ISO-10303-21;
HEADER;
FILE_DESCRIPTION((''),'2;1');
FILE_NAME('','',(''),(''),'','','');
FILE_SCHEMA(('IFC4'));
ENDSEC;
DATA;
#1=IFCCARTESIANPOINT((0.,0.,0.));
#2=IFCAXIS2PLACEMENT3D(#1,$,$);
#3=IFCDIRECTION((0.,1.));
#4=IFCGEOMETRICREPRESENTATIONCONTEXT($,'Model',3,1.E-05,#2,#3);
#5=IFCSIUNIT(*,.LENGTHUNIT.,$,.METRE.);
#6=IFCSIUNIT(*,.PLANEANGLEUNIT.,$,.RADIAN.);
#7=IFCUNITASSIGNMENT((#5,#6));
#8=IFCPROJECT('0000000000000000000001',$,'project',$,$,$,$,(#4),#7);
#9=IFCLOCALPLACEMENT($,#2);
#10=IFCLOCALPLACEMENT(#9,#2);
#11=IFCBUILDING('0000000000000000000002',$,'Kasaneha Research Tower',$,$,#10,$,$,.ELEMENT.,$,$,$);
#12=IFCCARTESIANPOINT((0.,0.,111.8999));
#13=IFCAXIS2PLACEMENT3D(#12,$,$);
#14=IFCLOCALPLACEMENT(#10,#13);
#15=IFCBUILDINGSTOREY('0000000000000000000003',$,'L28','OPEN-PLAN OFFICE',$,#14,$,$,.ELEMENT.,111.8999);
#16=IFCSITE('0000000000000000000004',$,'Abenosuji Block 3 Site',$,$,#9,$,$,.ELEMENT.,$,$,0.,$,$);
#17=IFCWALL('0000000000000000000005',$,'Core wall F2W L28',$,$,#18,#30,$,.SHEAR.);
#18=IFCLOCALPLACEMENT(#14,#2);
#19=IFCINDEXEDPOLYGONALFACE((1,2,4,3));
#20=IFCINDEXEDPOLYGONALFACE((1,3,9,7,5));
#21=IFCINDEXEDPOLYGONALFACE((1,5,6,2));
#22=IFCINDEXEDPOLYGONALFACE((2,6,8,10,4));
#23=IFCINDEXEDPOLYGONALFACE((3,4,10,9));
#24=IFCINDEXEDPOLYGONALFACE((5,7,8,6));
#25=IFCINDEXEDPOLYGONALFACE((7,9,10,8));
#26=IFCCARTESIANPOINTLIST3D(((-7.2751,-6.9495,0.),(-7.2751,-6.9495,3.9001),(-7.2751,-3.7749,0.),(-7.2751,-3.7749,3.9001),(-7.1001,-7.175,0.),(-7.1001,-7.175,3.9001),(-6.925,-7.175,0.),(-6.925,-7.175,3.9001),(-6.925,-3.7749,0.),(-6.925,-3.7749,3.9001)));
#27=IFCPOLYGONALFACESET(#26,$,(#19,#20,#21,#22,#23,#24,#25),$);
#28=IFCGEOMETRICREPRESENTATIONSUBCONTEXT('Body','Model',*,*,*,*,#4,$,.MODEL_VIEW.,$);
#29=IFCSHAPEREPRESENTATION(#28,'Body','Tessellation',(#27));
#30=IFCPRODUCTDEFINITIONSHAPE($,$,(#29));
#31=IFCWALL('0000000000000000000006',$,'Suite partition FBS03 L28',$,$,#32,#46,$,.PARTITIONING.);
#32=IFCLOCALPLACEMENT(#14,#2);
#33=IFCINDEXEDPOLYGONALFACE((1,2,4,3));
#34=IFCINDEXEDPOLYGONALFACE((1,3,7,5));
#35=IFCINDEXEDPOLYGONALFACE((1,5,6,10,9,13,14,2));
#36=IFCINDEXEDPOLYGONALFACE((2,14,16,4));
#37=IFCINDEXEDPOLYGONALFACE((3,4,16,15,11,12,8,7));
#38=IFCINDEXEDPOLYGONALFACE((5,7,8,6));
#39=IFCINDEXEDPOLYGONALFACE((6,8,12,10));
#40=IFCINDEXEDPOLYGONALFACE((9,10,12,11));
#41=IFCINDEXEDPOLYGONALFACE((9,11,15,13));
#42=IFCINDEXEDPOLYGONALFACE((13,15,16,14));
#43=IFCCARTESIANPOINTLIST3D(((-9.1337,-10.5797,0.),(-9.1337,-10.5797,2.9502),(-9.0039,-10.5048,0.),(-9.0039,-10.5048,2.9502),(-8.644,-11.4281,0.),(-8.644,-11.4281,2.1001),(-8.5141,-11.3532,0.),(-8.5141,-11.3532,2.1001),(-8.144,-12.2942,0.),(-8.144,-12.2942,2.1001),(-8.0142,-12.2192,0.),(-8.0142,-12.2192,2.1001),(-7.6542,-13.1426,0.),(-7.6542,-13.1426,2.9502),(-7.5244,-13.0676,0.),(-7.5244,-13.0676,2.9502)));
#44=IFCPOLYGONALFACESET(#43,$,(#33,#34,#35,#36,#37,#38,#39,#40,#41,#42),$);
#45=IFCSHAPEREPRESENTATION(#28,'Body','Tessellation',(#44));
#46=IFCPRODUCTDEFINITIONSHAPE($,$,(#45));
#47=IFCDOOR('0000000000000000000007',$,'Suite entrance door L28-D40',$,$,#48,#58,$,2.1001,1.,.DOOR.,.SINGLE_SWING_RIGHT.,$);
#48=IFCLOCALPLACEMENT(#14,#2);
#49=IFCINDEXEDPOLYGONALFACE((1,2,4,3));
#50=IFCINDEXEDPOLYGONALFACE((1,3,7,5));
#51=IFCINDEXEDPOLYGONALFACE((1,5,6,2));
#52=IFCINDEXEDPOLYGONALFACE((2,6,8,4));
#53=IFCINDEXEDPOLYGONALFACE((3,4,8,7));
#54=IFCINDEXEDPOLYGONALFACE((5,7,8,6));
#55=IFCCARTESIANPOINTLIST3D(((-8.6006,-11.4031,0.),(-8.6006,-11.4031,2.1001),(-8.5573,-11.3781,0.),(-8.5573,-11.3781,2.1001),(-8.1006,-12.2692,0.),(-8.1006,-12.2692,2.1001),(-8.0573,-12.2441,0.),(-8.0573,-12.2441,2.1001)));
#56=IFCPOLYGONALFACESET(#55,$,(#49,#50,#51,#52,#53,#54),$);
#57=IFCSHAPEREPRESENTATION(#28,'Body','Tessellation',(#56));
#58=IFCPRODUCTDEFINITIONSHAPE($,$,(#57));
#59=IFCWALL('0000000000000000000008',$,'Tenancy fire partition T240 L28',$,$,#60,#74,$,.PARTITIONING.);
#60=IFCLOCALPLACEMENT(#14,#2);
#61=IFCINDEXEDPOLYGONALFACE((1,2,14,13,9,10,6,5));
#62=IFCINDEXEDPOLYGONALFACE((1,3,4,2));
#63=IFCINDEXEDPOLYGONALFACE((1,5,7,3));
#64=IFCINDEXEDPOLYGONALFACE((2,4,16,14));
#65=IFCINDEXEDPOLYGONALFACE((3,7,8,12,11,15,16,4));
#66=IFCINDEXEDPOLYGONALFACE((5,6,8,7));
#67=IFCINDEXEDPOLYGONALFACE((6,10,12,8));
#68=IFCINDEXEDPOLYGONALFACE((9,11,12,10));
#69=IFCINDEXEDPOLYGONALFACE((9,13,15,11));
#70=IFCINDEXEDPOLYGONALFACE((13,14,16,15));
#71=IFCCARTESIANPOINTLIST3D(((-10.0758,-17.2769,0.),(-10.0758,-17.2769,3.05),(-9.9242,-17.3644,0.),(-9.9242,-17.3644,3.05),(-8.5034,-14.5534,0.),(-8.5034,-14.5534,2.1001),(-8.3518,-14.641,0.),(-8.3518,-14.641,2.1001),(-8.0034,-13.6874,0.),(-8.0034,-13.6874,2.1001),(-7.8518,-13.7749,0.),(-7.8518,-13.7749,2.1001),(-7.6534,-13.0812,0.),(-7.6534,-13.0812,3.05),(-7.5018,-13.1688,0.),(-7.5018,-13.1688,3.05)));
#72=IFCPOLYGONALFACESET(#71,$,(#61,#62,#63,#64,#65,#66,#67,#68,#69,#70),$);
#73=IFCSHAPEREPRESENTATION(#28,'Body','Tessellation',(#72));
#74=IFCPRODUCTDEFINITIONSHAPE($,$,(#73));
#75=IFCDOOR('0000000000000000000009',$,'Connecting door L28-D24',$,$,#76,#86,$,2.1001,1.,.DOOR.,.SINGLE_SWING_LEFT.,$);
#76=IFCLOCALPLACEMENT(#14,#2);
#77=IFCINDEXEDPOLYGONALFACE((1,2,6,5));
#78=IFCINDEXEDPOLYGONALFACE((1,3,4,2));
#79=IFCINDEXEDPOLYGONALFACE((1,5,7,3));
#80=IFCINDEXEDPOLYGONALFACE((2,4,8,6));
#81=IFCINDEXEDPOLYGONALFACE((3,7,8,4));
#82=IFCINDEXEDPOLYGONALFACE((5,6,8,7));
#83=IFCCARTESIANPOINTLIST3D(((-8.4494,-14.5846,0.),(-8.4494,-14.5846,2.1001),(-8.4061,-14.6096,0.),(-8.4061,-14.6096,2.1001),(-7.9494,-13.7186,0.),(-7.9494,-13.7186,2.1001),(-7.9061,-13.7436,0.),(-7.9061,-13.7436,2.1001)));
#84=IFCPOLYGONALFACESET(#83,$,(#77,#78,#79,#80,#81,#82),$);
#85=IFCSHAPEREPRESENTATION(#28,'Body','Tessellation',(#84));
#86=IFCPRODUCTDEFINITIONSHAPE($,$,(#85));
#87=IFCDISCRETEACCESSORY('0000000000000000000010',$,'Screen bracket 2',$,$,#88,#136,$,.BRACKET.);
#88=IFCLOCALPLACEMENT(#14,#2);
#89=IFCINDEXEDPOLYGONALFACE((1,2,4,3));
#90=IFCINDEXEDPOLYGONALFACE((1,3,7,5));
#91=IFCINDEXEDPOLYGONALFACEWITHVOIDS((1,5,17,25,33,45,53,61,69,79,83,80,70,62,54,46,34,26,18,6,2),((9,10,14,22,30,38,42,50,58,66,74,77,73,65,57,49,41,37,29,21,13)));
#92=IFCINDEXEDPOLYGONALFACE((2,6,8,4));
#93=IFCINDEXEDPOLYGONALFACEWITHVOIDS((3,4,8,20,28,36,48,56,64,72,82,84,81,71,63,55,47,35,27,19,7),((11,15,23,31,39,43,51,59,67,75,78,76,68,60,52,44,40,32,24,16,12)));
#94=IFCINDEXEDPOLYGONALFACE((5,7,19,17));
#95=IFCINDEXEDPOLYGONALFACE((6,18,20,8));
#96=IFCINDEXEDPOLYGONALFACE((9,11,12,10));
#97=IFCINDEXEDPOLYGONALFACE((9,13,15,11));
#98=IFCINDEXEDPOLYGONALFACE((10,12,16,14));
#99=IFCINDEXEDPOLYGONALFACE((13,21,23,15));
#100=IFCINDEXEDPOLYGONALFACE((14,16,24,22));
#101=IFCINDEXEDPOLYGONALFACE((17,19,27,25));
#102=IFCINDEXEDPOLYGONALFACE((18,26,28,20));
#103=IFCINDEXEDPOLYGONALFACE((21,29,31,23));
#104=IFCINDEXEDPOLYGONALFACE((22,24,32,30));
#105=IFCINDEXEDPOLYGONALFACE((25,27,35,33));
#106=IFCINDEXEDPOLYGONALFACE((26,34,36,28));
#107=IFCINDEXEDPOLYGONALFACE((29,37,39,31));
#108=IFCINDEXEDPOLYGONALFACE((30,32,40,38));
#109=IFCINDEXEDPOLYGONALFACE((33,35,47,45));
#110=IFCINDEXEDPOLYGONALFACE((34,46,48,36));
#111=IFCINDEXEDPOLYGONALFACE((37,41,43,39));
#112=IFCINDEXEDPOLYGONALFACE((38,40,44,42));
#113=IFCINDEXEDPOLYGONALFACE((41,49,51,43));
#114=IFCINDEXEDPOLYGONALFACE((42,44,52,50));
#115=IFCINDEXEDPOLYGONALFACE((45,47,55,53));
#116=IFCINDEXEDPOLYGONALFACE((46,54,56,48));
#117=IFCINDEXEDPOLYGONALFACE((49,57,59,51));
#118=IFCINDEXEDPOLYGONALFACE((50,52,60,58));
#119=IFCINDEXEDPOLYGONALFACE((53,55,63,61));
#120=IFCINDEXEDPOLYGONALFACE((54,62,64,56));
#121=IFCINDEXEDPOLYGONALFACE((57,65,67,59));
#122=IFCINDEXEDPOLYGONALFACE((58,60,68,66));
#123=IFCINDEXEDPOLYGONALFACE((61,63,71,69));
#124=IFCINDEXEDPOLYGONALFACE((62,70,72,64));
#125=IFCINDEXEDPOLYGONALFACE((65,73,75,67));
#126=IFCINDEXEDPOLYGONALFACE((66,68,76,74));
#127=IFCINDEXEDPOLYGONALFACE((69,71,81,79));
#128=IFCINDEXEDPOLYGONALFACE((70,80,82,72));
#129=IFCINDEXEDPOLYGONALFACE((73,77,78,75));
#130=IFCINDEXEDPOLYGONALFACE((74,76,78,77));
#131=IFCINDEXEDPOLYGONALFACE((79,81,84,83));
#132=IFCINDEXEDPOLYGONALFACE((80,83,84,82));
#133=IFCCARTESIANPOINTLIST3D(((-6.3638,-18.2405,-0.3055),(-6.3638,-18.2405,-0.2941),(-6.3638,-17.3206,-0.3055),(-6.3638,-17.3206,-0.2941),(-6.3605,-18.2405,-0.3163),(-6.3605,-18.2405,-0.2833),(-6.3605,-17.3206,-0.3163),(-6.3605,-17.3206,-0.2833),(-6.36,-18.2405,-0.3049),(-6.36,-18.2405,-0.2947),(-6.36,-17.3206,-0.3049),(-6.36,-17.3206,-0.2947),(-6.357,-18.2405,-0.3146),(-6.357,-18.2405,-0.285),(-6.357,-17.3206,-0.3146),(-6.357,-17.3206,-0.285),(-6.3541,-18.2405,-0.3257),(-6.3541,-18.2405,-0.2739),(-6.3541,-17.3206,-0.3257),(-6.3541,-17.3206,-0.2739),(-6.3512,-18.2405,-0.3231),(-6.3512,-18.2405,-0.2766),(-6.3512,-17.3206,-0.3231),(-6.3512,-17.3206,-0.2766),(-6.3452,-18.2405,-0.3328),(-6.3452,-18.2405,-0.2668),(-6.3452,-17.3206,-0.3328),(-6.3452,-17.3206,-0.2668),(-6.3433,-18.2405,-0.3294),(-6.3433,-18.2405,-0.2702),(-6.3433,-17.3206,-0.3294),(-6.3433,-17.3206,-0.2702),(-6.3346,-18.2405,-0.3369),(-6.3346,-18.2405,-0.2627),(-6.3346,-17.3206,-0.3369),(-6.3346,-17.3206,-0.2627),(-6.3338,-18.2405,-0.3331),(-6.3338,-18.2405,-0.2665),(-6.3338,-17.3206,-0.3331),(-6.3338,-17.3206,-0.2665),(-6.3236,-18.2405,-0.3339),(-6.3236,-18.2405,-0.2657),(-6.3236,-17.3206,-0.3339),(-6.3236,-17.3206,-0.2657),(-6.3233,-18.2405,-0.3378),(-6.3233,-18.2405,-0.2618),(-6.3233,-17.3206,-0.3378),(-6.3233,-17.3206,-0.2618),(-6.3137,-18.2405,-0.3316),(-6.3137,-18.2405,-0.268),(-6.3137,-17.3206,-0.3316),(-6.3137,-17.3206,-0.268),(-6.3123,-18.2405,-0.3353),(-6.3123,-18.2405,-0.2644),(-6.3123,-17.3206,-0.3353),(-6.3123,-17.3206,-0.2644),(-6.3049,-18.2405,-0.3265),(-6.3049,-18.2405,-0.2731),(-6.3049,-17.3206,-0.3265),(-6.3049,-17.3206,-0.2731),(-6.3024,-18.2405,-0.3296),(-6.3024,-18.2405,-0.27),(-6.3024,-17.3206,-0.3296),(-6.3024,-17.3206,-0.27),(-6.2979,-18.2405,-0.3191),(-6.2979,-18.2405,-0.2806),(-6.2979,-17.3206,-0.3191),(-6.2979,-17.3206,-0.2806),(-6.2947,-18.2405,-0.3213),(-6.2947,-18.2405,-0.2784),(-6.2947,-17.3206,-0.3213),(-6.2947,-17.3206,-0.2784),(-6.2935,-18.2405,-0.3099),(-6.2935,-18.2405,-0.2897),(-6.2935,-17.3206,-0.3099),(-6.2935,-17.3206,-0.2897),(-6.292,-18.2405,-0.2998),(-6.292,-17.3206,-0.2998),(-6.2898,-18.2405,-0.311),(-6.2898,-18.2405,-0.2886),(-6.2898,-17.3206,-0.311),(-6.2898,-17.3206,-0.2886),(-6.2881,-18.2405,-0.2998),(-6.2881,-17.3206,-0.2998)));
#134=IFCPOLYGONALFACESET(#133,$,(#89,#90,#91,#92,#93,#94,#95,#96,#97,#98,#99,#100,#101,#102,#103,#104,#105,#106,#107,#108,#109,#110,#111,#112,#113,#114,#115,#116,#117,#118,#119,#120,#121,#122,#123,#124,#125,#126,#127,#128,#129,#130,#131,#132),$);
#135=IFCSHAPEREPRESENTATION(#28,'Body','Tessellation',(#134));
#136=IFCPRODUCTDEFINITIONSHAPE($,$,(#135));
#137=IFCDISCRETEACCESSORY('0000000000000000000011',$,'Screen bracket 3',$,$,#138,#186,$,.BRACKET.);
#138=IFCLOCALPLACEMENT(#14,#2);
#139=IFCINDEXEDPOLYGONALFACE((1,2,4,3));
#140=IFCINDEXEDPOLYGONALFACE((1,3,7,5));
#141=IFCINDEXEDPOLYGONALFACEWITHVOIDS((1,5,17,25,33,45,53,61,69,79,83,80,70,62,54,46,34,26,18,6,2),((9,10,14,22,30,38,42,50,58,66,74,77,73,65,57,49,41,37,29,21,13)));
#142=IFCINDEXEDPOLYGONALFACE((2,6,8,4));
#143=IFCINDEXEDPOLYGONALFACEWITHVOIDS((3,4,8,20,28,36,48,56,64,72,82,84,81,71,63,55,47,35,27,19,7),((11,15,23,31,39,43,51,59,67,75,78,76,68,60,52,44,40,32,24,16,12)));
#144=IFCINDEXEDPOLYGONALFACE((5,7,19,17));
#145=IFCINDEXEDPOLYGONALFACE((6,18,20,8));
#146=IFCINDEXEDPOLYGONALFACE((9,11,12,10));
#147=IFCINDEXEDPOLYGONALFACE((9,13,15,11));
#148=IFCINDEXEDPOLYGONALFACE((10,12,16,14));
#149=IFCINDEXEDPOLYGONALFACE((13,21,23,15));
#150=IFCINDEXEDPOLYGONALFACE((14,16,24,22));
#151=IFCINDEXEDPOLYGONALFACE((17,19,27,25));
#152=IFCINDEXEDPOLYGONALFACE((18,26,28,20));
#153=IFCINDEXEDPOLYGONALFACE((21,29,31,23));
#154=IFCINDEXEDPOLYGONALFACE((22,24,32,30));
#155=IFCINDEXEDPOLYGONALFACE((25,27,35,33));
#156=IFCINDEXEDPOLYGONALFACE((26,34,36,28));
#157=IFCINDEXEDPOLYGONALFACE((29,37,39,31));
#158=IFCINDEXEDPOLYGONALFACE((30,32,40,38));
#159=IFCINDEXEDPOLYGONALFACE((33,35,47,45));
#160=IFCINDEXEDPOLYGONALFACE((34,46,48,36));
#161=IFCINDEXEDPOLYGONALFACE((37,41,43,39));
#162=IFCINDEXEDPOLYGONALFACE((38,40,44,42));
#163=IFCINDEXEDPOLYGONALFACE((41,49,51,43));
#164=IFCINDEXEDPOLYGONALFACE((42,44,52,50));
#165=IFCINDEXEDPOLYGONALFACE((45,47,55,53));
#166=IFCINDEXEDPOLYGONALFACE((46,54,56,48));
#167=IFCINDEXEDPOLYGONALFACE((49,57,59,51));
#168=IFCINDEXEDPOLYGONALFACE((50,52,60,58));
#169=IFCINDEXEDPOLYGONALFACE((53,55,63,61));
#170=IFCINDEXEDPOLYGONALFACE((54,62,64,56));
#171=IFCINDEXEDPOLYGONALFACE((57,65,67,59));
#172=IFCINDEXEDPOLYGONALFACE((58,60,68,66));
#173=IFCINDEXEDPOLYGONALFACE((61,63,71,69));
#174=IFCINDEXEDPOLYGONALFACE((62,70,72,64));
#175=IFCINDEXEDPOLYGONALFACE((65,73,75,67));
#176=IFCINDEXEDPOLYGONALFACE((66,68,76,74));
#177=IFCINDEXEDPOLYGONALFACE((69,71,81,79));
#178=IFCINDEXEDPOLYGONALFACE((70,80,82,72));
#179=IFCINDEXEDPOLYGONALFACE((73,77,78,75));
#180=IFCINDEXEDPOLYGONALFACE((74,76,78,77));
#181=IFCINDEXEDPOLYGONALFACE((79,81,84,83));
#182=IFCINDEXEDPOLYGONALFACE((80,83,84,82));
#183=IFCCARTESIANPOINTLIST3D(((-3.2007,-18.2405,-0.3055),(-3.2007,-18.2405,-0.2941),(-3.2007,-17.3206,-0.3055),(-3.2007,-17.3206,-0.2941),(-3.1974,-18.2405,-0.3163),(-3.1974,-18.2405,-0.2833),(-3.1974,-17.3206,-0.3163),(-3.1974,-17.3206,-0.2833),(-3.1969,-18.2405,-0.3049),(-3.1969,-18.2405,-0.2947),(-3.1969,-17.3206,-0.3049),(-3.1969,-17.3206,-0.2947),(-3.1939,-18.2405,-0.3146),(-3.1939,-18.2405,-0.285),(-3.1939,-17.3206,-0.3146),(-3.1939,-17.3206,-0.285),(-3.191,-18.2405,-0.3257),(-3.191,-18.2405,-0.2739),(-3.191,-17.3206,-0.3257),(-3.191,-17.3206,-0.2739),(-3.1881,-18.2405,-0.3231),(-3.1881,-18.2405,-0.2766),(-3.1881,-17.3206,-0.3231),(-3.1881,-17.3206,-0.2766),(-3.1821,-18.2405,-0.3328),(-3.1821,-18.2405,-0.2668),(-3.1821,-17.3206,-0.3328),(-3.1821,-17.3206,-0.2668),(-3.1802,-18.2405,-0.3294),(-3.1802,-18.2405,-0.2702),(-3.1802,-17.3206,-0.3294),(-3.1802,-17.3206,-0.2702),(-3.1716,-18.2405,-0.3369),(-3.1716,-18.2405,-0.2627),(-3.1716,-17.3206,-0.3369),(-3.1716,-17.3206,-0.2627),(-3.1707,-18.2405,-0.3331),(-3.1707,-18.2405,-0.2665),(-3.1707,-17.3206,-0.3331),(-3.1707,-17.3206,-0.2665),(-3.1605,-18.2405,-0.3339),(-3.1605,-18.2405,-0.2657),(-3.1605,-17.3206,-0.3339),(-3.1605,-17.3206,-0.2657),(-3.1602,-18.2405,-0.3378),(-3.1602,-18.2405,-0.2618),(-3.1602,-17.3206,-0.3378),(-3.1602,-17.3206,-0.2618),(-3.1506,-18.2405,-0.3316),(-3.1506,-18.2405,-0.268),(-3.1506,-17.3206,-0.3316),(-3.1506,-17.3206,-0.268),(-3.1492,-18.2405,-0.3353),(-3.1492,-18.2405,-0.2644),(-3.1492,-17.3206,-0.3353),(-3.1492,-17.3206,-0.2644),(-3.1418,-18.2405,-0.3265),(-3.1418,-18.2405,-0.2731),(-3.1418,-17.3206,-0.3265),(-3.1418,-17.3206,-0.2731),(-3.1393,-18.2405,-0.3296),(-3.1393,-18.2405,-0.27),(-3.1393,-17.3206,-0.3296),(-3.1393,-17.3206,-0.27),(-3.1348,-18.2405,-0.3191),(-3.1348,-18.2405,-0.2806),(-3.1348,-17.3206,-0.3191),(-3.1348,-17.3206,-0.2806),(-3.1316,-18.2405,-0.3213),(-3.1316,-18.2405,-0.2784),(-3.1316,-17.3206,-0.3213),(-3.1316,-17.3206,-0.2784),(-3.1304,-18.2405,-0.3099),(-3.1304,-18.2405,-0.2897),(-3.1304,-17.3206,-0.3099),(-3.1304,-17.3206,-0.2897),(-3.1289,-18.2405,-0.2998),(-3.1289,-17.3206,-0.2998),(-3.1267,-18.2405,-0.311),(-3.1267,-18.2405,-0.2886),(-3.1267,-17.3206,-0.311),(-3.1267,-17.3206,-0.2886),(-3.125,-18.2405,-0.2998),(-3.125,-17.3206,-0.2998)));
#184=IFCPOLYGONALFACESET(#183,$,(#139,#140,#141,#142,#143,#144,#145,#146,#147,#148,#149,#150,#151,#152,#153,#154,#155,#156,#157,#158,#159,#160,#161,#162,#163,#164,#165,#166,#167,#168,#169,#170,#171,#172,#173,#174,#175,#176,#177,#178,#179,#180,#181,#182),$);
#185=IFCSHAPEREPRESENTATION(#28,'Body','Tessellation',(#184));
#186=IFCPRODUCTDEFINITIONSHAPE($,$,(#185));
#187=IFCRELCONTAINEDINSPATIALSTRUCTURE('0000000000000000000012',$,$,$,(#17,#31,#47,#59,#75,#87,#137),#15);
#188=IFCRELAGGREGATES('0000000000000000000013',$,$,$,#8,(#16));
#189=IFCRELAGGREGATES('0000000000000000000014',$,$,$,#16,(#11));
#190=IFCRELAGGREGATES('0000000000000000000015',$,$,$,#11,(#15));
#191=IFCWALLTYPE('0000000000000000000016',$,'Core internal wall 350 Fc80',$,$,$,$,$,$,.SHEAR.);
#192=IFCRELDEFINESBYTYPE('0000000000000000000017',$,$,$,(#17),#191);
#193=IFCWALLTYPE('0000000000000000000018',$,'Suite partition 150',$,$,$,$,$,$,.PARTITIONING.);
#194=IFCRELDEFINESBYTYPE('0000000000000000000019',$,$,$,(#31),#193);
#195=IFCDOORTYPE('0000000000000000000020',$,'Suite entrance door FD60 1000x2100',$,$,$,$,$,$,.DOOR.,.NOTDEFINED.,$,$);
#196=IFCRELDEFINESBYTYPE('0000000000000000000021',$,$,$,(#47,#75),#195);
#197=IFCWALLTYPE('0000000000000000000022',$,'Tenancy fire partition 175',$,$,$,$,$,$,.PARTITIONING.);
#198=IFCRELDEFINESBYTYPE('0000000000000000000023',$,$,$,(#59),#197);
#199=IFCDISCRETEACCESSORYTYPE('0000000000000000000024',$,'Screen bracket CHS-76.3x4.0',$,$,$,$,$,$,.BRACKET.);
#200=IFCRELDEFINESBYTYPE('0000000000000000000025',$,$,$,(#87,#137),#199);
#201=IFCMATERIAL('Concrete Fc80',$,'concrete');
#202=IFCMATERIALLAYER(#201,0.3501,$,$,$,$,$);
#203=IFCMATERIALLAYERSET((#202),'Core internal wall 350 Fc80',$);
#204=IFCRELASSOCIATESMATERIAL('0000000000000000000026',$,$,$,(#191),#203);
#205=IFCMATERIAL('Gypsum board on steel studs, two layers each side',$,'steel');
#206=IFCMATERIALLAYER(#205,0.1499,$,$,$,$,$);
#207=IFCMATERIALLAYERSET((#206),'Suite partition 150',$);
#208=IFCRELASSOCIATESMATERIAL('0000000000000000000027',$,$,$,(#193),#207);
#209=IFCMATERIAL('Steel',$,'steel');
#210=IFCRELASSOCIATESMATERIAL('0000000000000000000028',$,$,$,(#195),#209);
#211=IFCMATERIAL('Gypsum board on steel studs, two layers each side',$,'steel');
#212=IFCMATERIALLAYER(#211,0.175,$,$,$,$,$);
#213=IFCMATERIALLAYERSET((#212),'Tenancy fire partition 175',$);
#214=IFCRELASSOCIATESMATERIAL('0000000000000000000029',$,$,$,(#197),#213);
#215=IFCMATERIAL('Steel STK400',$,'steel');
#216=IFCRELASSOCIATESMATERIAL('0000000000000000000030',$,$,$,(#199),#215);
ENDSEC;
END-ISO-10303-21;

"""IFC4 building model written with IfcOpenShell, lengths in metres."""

from ifc_helpers import new_model, si_unit, direction, frame, frame_2d, origin, origin_2d, place, context, subcontext, project, spatial, polyline, rectangle, hollow_circle, outline, extrude, material, layer, layer_set, material_profile, profile_set, type_object, element, fill, save


model = new_model("IFC4")

# Units and contexts
model_context = context("Model", 3, precision=1e-05, world=origin(), true_north=direction((0.0, 1.0)))
body_context = subcontext(model_context, "Body", "Model", "MODEL_VIEW")
ifc_project = project(units=[si_unit("LENGTHUNIT", "METRE"), si_unit("PLANEANGLEUNIT", "RADIAN")], contexts=[model_context])

# Site, building, storey
site_placement = place(None, origin())
site = spatial("IfcSite", under=ifc_project, at=site_placement, Name="Abenosuji Block 3 Site", CompositionType="ELEMENT", RefElevation=0.0)
building_placement = place(site_placement, origin())
building = spatial("IfcBuilding", under=site, at=building_placement, Name="Kasaneha Research Tower", CompositionType="ELEMENT")
storey_placement = place(building_placement, frame((0.0, 0.0, 111.8999)))
storey = spatial("IfcBuildingStorey", under=building, at=storey_placement, Name="L28", Description="OPEN-PLAN OFFICE", CompositionType="ELEMENT", Elevation=111.8999)

# Shared definitions
ifc_material_1 = material(Name="Concrete Fc80", Category="concrete")
ifc_layer_1 = layer(ifc_material_1, 0.3501)
ifc_layer_set_1 = layer_set([ifc_layer_1], Name="Core internal wall 350 Fc80")
wall_type_1 = type_object("IfcWallType", Name="Core internal wall 350 Fc80", PredefinedType="SHEAR", material=ifc_layer_set_1)

# Wall
wall_1_placement = place(storey_placement, frame((-7.1001, -3.7749, 0.0), z_axis=(0.0, 0.0, 1.0), x_axis=(0.0, -1.0, 0.0)))
element("IfcWall", 1, at=wall_1_placement, inside=storey, type_object=wall_type_1, Name="Core wall F2W L28", PredefinedType="SHEAR", context=body_context, shape_type="SweptSolid", body=[
    extrude(outline(polyline([(0.0, -0.175), (3.1746, -0.175), (3.4001, 0.0), (3.4001, 0.175), (0.0, 0.175), (0.0, -0.175)])), origin(), (0.0, 0.0, 1.0), 3.9001),
])

# Walls, openings, doors
ifc_material_2 = material(Name="Gypsum board on steel studs, two layers each side", Category="steel")
ifc_layer_2 = layer(ifc_material_2, 0.1499)
ifc_layer_set_2 = layer_set([ifc_layer_2], Name="Suite partition 150")
wall_type_2 = type_object("IfcWallType", Name="Suite partition 150", PredefinedType="PARTITIONING", material=ifc_layer_set_2)
wall_2_placement = place(storey_placement, frame((-7.5894, -13.105, 0.0), z_axis=(0.0, 0.0, 1.0), x_axis=(-0.499972, 0.866041, 0.0)))
wall_2 = element("IfcWall", 2, at=wall_2_placement, inside=storey, type_object=wall_type_2, Name="Suite partition FBS03 L28", PredefinedType="PARTITIONING", context=body_context, shape_type="SweptSolid", body=[
    extrude(rectangle(XDim=2.9592, YDim=0.1499, at=frame_2d((1.4795, 0.0))), origin(), (0.0, 0.0, 1.0), 2.9502),
])
opening_1_placement = place(wall_2_placement, frame((0.9795, 0.0, 0.0)))
opening_1 = element("IfcOpeningElement", 3, at=opening_1_placement, cuts=wall_2, PredefinedType="OPENING", context=body_context, shape_type="SweptSolid", body=[
    extrude(rectangle(XDim=1.0, YDim=2.1001, at=frame_2d((0.5, 1.05))), frame((0.0, 0.085, 0.0), z_axis=(0.0, -1.0, 0.0), x_axis=(1.0, 0.0, 0.0)), (0.0, 0.0, 1.0), 0.1699),
])
ifc_material_3 = material(Name="Steel", Category="steel")
door_type_1 = type_object("IfcDoorType", Name="Suite entrance door FD60 1000x2100", OperationType="NOTDEFINED", PredefinedType="DOOR", material=ifc_material_3)
door_1_placement = place(opening_1_placement, origin())
door_1 = element("IfcDoor", 4, at=door_1_placement, inside=storey, type_object=door_type_1, Name="Suite entrance door L28-D40", OperationType="SINGLE_SWING_RIGHT", OverallHeight=2.1001, OverallWidth=1.0, PredefinedType="DOOR", context=body_context, shape_type="SweptSolid", body=[
    extrude(rectangle(XDim=1.0, YDim=2.1001, at=frame_2d((0.5, 1.05))), frame((0.0, 0.0249, 0.0), z_axis=(0.0, -1.0, 0.0), x_axis=(1.0, 0.0, 0.0)), (0.0, 0.0, 1.0), 0.05),
])
fill(opening_1, door_1)
ifc_material_4 = material(Name="Gypsum board on steel studs, two layers each side", Category="steel")
ifc_layer_3 = layer(ifc_material_4, 0.175)
ifc_layer_set_3 = layer_set([ifc_layer_3], Name="Tenancy fire partition 175")
wall_type_3 = type_object("IfcWallType", Name="Tenancy fire partition 175", PredefinedType="PARTITIONING", material=ifc_layer_set_3)
wall_3_placement = place(storey_placement, frame((-7.5776, -13.125, 0.0), z_axis=(0.0, 0.0, 1.0), x_axis=(-0.500009, -0.86602, 0.0)))
wall_3 = element("IfcWall", 5, at=wall_3_placement, inside=storey, type_object=wall_type_3, Name="Tenancy fire partition T240 L28", PredefinedType="PARTITIONING", context=body_context, shape_type="SweptSolid", body=[
    extrude(rectangle(XDim=4.8447, YDim=0.175, at=frame_2d((2.4224, 0.0))), origin(), (0.0, 0.0, 1.0), 3.05),
])
opening_2_placement = place(wall_3_placement, frame((0.7, 0.0, 0.0)))
opening_2 = element("IfcOpeningElement", 6, at=opening_2_placement, cuts=wall_3, PredefinedType="OPENING", context=body_context, shape_type="SweptSolid", body=[
    extrude(rectangle(XDim=1.0, YDim=2.1001, at=frame_2d((0.5, 1.05))), frame((0.0, 0.0977, 0.0), z_axis=(0.0, -1.0, 0.0), x_axis=(1.0, 0.0, 0.0)), (0.0, 0.0, 1.0), 0.1951),
])
door_2_placement = place(opening_2_placement, origin())
door_2 = element("IfcDoor", 7, at=door_2_placement, inside=storey, type_object=door_type_1, Name="Connecting door L28-D24", OperationType="SINGLE_SWING_LEFT", OverallHeight=2.1001, OverallWidth=1.0, PredefinedType="DOOR", context=body_context, shape_type="SweptSolid", body=[
    extrude(rectangle(XDim=1.0, YDim=2.1001, at=frame_2d((0.5, 1.05))), frame((0.0, 0.0249, 0.0), z_axis=(0.0, -1.0, 0.0), x_axis=(1.0, 0.0, 0.0)), (0.0, 0.0, 1.0), 0.05),
])
fill(opening_2, door_2)

# Discrete accessories
ifc_material_5 = material(Name="Steel STK400", Category="steel")
ifc_material_profile_1 = material_profile(ifc_material_5, hollow_circle(Radius=0.0381, WallThickness=0.0039, at=origin_2d()), Name="CHS-76.3x4.0")
ifc_profile_set_1 = profile_set([ifc_material_profile_1], Name="Steel STK400")
discrete_accessory_type = type_object("IfcDiscreteAccessoryType", Name="Screen bracket CHS-76.3x4.0", PredefinedType="BRACKET", material=ifc_profile_set_1)
for number, where, z_axis, x_axis, name in (
    (8, (-6.3262, -17.3206, -0.2998), (0.0, -1.0, 0.0), (1.0, 0.0, 0.0), "Screen bracket 2"),
    (9, (-3.1631, -17.3206, -0.2998), (0.0, -1.0, 0.0), (1.0, 0.0, 0.0), "Screen bracket 3"),
):
    element("IfcDiscreteAccessory", number, at=place(storey_placement, frame(where, z_axis=z_axis, x_axis=x_axis)), inside=storey, type_object=discrete_accessory_type, Name=name, PredefinedType="BRACKET", context=body_context, shape_type="SweptSolid", body=[
        extrude(hollow_circle(Radius=0.0381, WallThickness=0.0039, at=origin_2d()), origin(), (0.0, 0.0, 1.0), 0.9199),
    ])

save(model, "model.ifc")
